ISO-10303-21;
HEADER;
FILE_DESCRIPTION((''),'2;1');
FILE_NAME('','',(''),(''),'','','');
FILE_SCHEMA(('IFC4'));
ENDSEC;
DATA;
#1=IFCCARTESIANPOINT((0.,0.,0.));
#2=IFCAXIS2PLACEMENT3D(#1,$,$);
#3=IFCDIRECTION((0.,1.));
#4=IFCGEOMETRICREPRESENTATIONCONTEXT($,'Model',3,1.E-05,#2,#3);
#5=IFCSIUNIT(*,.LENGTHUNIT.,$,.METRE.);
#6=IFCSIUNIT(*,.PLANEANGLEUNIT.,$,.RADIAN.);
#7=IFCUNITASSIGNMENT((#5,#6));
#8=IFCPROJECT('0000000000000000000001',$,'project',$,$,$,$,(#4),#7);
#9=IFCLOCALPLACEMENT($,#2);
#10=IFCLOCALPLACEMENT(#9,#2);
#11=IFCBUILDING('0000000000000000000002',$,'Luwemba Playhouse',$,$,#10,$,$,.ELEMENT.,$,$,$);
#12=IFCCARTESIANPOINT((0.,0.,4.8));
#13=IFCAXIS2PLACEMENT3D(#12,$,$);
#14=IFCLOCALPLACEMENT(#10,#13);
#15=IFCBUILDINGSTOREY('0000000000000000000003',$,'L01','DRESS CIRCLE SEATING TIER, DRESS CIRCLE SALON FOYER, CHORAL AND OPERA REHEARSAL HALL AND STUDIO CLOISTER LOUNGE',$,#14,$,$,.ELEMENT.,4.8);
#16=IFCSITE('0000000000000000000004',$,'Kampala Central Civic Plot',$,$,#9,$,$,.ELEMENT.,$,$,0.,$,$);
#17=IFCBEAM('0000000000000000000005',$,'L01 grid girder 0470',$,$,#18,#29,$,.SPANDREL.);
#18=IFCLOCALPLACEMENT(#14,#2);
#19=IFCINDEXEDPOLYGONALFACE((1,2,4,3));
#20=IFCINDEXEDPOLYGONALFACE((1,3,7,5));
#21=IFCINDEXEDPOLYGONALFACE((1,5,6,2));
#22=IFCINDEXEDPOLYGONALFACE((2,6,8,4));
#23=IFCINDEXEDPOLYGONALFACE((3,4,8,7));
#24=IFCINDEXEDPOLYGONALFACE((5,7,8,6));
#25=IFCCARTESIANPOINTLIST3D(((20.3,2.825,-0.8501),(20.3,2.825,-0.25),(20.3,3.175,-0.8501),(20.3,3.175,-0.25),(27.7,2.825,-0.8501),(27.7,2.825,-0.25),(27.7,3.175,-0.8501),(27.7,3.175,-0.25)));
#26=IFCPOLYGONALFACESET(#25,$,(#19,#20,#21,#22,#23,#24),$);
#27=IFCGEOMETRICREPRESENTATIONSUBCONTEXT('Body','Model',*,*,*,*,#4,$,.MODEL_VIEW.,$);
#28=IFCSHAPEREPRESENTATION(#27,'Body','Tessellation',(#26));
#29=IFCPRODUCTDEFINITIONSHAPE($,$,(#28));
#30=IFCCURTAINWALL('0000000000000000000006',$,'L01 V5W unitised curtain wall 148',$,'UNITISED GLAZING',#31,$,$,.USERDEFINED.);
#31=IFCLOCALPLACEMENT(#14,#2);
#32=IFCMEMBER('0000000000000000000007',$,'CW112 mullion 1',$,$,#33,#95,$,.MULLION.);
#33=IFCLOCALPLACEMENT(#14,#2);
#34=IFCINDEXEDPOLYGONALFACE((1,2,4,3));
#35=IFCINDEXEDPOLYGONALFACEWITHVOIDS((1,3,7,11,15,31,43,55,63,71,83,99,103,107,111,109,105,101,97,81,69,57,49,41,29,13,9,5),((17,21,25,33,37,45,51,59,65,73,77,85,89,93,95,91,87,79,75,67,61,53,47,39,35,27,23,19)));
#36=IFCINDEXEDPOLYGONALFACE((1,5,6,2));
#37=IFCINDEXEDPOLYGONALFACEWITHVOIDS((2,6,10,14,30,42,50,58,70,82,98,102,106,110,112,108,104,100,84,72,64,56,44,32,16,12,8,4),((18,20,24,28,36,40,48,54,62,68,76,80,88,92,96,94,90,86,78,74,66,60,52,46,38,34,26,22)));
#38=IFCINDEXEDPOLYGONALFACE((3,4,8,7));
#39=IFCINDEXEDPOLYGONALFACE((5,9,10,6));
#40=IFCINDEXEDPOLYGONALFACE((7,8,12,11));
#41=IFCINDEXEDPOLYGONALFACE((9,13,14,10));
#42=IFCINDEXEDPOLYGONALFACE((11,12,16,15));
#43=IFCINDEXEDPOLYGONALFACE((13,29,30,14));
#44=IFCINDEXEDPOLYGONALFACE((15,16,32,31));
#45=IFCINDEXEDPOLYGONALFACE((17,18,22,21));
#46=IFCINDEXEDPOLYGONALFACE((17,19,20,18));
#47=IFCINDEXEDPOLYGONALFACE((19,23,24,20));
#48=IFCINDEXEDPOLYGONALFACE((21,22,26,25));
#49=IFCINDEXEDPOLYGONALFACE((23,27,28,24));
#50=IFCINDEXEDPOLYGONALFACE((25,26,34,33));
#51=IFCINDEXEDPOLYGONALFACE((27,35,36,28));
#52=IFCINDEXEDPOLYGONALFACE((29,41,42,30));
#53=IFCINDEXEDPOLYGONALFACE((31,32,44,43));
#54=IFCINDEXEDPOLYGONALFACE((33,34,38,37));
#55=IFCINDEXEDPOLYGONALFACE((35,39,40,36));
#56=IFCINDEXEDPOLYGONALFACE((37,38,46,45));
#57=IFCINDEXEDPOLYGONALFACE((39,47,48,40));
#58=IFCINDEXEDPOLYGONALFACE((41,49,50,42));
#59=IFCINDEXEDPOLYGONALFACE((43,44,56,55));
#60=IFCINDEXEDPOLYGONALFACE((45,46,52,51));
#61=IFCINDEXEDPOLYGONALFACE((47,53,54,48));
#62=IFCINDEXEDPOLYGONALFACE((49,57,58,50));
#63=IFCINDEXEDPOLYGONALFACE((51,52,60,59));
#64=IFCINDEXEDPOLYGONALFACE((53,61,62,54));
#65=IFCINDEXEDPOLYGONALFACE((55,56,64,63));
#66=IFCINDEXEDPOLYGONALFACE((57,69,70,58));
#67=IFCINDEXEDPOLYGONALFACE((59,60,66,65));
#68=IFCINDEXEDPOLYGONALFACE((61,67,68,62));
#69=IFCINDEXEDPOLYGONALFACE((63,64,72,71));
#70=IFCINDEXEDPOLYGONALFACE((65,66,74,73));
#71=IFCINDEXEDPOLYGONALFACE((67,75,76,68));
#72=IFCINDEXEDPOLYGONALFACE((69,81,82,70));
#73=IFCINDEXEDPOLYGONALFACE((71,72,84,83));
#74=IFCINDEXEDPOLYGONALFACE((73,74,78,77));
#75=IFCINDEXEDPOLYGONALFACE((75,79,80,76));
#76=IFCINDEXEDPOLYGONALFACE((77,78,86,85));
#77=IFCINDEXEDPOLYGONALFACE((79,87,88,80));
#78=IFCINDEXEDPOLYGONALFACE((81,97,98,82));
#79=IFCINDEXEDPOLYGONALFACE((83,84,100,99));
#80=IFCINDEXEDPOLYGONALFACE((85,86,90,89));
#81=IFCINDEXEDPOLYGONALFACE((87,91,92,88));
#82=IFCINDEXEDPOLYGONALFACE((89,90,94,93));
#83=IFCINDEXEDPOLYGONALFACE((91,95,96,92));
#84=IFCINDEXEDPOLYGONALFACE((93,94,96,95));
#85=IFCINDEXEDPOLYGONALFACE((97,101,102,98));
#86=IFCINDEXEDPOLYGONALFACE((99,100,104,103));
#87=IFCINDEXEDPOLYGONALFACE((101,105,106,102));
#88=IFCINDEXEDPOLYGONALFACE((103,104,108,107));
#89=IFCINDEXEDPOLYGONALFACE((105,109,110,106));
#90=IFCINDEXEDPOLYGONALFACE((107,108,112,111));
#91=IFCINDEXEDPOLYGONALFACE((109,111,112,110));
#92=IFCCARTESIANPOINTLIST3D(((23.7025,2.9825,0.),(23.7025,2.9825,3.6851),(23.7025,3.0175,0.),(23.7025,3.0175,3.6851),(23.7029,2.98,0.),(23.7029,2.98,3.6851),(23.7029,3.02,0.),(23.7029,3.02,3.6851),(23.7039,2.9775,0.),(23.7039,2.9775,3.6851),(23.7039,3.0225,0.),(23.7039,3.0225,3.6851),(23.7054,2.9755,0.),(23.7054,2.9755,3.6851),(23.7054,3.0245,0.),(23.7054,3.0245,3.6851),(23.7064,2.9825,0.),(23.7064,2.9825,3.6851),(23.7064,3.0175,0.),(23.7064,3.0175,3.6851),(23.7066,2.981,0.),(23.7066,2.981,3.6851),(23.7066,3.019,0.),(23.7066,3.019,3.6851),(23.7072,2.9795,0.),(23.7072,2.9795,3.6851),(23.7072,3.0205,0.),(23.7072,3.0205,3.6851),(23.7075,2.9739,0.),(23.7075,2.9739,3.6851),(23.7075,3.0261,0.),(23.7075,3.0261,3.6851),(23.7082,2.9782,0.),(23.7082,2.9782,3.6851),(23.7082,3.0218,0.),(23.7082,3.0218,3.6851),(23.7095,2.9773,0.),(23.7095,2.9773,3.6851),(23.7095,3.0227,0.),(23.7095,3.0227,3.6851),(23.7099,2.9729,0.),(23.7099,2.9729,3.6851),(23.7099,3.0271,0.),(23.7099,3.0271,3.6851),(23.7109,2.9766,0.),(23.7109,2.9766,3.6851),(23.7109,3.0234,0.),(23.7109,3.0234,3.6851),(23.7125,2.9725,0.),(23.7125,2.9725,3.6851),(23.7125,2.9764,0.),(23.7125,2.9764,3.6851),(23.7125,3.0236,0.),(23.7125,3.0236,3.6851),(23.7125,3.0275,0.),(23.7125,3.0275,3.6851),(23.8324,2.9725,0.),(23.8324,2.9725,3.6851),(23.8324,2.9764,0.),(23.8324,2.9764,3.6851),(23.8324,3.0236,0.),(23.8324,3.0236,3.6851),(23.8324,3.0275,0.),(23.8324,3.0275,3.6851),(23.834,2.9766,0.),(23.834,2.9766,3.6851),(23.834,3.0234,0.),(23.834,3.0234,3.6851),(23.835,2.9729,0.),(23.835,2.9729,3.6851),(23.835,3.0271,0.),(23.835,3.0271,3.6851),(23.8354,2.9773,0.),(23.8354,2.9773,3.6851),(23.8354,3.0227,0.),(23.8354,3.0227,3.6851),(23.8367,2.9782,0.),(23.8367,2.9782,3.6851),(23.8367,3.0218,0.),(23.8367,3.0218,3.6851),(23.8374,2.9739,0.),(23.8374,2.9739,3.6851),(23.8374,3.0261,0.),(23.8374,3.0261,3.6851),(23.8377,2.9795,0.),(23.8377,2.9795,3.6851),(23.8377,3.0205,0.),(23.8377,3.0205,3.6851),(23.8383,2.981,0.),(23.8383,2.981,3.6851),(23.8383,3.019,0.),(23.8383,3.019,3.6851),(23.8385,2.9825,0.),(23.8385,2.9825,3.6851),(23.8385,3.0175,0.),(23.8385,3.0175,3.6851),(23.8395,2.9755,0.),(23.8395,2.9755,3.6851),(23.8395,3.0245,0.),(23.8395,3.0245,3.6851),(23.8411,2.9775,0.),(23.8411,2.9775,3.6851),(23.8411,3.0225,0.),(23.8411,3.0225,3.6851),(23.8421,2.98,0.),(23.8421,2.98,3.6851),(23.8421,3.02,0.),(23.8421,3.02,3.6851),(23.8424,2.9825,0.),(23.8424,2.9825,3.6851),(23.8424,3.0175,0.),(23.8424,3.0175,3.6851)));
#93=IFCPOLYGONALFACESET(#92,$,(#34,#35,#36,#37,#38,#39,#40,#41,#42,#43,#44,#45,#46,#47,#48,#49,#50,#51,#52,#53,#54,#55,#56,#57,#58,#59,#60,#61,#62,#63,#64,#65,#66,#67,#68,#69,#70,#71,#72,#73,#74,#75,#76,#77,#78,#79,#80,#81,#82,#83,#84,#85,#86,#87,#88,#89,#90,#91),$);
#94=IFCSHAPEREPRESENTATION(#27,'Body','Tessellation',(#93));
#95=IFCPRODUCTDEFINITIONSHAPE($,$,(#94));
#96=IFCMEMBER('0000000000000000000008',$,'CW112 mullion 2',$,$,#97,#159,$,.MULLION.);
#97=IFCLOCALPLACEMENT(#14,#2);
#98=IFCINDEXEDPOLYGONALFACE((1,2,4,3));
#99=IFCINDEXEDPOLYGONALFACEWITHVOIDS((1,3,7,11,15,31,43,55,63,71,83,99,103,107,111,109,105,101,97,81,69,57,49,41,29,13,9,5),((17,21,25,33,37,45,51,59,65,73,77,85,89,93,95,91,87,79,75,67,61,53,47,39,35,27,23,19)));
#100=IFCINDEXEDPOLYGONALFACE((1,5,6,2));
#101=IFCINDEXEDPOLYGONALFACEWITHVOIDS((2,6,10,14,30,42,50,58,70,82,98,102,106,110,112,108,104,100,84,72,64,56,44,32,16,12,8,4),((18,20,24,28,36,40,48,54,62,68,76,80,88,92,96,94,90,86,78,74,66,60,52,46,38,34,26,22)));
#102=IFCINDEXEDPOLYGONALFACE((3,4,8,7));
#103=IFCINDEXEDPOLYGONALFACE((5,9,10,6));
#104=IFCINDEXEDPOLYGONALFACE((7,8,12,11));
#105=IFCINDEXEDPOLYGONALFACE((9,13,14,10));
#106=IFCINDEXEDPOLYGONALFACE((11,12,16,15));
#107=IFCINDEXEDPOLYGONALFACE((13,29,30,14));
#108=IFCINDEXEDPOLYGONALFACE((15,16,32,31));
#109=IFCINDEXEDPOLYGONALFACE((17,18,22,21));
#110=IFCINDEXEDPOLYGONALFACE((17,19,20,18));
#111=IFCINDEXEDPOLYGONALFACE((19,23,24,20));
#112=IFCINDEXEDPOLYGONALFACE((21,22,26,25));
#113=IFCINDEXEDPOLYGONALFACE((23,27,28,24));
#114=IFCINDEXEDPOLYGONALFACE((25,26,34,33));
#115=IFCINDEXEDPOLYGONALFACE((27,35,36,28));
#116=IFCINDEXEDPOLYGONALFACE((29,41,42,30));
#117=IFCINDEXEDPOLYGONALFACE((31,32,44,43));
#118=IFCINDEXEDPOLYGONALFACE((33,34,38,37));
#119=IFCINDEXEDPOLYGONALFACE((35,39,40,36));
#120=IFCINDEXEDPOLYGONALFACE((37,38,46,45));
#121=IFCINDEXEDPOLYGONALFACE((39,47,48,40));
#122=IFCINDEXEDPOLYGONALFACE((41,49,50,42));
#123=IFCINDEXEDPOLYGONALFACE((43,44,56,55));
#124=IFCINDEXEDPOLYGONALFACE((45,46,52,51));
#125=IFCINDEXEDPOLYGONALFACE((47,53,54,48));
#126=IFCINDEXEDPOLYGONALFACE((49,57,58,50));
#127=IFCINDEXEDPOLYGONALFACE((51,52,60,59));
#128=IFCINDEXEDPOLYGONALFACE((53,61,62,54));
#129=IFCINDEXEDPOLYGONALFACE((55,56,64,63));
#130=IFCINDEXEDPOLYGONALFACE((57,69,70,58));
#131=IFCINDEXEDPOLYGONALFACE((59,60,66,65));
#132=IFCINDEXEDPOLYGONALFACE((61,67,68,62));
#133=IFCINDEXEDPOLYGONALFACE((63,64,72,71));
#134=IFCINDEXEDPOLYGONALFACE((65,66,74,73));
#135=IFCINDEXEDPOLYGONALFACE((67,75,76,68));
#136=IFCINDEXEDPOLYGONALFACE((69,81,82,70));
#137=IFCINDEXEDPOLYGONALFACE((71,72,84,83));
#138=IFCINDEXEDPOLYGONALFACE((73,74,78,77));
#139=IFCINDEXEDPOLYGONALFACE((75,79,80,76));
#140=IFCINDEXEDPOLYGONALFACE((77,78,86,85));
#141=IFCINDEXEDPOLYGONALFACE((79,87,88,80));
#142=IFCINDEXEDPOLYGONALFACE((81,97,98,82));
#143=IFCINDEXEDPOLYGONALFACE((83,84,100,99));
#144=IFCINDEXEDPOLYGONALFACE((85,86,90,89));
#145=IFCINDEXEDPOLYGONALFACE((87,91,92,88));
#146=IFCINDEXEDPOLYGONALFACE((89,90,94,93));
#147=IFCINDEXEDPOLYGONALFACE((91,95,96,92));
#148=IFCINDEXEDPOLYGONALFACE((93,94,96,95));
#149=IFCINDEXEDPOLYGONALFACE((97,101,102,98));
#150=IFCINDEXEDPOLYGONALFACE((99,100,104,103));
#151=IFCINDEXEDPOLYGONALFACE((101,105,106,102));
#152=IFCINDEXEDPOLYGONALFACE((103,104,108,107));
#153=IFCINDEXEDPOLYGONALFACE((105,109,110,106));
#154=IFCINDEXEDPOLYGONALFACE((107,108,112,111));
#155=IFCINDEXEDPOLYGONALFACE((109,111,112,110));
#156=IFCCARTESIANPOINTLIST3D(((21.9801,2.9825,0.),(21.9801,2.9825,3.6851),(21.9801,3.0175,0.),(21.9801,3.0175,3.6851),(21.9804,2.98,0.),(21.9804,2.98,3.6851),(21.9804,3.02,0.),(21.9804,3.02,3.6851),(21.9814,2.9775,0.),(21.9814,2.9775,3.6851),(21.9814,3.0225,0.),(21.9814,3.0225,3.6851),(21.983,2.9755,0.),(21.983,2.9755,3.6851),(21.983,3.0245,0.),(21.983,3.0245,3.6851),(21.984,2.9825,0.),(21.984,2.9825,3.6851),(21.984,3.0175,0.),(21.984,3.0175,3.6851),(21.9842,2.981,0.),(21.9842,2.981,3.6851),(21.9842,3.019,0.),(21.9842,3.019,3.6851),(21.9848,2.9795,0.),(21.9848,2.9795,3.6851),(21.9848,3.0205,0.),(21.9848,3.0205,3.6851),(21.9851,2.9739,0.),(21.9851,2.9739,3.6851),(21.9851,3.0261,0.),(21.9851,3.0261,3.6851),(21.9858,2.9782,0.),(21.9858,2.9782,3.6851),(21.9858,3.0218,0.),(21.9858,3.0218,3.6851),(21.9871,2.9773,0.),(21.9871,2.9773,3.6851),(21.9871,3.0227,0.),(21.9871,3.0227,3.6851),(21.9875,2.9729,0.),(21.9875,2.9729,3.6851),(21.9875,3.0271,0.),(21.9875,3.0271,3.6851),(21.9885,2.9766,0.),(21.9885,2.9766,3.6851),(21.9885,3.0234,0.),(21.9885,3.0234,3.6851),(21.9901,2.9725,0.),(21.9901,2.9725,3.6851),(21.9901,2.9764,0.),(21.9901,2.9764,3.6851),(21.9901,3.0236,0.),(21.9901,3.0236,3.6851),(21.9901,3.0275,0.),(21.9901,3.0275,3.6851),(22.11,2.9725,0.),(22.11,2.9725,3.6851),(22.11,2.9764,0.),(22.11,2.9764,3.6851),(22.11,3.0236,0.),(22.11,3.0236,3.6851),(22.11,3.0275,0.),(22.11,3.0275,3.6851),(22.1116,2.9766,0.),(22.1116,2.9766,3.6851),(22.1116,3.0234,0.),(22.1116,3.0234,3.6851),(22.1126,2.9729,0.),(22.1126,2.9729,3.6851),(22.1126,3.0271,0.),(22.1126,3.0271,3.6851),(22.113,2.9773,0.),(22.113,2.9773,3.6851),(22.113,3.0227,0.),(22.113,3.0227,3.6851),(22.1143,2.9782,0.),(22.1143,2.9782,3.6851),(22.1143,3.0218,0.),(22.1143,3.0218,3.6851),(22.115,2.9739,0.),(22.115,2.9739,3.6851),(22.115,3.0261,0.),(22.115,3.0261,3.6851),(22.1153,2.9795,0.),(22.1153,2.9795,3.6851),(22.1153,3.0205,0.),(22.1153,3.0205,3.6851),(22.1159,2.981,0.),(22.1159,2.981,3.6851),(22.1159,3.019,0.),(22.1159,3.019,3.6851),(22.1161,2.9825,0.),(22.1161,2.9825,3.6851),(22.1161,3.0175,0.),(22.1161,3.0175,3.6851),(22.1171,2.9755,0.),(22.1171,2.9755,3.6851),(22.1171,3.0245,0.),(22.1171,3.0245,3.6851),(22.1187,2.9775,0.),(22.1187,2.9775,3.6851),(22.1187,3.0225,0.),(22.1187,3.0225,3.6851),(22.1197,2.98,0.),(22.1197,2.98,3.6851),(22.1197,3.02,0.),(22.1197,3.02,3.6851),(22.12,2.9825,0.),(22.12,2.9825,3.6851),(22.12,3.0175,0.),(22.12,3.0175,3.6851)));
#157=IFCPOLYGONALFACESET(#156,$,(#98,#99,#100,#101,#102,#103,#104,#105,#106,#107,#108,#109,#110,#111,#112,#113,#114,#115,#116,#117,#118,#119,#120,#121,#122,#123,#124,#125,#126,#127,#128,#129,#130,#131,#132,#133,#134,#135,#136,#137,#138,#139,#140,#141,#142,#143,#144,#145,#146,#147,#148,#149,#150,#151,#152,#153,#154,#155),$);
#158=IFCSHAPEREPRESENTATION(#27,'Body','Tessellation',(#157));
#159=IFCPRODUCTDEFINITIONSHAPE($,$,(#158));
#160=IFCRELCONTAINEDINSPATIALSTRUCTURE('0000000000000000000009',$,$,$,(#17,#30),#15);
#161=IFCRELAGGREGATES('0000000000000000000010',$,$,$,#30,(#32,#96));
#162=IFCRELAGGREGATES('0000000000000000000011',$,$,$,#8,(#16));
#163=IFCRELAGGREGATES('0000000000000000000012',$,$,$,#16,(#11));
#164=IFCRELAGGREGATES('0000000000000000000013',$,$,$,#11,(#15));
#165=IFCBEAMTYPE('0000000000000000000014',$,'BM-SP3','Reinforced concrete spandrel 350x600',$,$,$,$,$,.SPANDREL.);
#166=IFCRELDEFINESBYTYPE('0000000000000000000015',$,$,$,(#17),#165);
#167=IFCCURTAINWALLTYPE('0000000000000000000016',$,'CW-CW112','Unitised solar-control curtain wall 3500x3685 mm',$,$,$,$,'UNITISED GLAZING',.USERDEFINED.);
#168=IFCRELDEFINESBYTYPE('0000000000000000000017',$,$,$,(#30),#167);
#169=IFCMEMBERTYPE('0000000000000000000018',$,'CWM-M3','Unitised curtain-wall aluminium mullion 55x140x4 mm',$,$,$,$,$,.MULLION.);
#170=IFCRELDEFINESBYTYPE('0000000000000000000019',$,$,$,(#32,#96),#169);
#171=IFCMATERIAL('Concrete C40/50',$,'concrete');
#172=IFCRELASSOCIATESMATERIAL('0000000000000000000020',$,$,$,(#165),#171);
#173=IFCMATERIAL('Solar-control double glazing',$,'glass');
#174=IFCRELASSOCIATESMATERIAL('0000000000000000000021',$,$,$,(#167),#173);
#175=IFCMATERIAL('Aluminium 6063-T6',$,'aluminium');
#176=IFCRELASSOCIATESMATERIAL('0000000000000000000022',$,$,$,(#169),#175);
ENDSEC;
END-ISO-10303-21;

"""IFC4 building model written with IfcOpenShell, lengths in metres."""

from ifc_helpers import new_model, si_unit, direction, frame, origin, origin_2d, place, context, subcontext, project, spatial, rectangle, hollow_rectangle, extrude, material, material_profile, profile_set, type_object, element, aggregate, save


model = new_model("IFC4")

# Units and contexts
model_context = context("Model", 3, precision=1e-05, world=origin(), true_north=direction((0.0, 1.0)))
body_context = subcontext(model_context, "Body", "Model", "MODEL_VIEW")
ifc_project = project(units=[si_unit("LENGTHUNIT", "METRE"), si_unit("PLANEANGLEUNIT", "RADIAN")], contexts=[model_context])

# Site, building, storey
site_placement = place(None, origin())
site = spatial("IfcSite", under=ifc_project, at=site_placement, Name="Kampala Central Civic Plot", CompositionType="ELEMENT", RefElevation=0.0)
building_placement = place(site_placement, origin())
building = spatial("IfcBuilding", under=site, at=building_placement, Name="Luwemba Playhouse", CompositionType="ELEMENT")
storey_placement = place(building_placement, frame((0.0, 0.0, 4.8)))
storey = spatial("IfcBuildingStorey", under=building, at=storey_placement, Name="L01", Description="DRESS CIRCLE SEATING TIER, DRESS CIRCLE SALON FOYER, CHORAL AND OPERA REHEARSAL HALL AND STUDIO CLOISTER LOUNGE", CompositionType="ELEMENT", Elevation=4.8)

# Shared definitions
ifc_material_1 = material(Name="Concrete C40/50", Category="concrete")

# Beam
ifc_material_profile_1 = material_profile(ifc_material_1, rectangle(XDim=0.3501, YDim=0.6001, at=origin_2d()))
ifc_profile_set_1 = profile_set([ifc_material_profile_1], Name="Concrete C40/50")
beam_type_1 = type_object("IfcBeamType", Name="BM-SP3", Description="Reinforced concrete spandrel 350x600", PredefinedType="SPANDREL", material=ifc_profile_set_1)
beam_1_placement = place(storey_placement, frame((20.3, 3.0, -0.55), z_axis=(1.0, 0.0, 0.0), x_axis=(0.0, 1.0, 0.0)))
element("IfcBeam", 1, at=beam_1_placement, inside=storey, type_object=beam_type_1, Name="L01 grid girder 0470", PredefinedType="SPANDREL", context=body_context, shape_type="SweptSolid", body=[
    extrude(rectangle(XDim=0.3501, YDim=0.6001, at=origin_2d()), origin(), (0.0, 0.0, 1.0), 7.3999),
])

# Curtain wall, members
ifc_material_2 = material(Name="Solar-control double glazing", Category="glass")
curtain_wall_type_1 = type_object("IfcCurtainWallType", Name="CW-CW112", Description="Unitised solar-control curtain wall 3500x3685 mm", ElementType="UNITISED GLAZING", PredefinedType="USERDEFINED", material=ifc_material_2)
curtain_wall_1_placement = place(storey_placement, origin())
curtain_wall_1 = element("IfcCurtainWall", 2, at=curtain_wall_1_placement, inside=storey, type_object=curtain_wall_type_1, Name="L01 V5W unitised curtain wall 148", ObjectType="UNITISED GLAZING", PredefinedType="USERDEFINED")
ifc_material_3 = material(Name="Aluminium 6063-T6", Category="aluminium")
ifc_material_profile_2 = material_profile(ifc_material_3, hollow_rectangle(XDim=0.0549, YDim=0.1399, WallThickness=0.0039, InnerFilletRadius=0.0061, OuterFilletRadius=0.01, at=origin_2d()))
ifc_profile_set_2 = profile_set([ifc_material_profile_2], Name="Aluminium 6063-T6")
member_type_1 = type_object("IfcMemberType", Name="CWM-M3", Description="Unitised curtain-wall aluminium mullion 55x140x4 mm", PredefinedType="MULLION", material=ifc_profile_set_2)
member_1_placement = place(storey_placement, frame((23.7725, 3.0, 0.0), z_axis=(0.0, 0.0, 1.0), x_axis=(0.0, -1.0, 0.0)))
member_1 = element("IfcMember", 3, at=member_1_placement, type_object=member_type_1, Name="CW112 mullion 1", PredefinedType="MULLION", context=body_context, shape_type="SweptSolid", body=[
    extrude(hollow_rectangle(XDim=0.0549, YDim=0.1399, WallThickness=0.0039, InnerFilletRadius=0.0061, OuterFilletRadius=0.01, at=origin_2d()), origin(), (0.0, 0.0, 1.0), 3.6851),
])
member_2_placement = place(storey_placement, frame((22.05, 3.0, 0.0), z_axis=(0.0, 0.0, 1.0), x_axis=(0.0, -1.0, 0.0)))
member_2 = element("IfcMember", 4, at=member_2_placement, type_object=member_type_1, Name="CW112 mullion 2", PredefinedType="MULLION", context=body_context, shape_type="SweptSolid", body=[
    extrude(hollow_rectangle(XDim=0.0549, YDim=0.1399, WallThickness=0.0039, InnerFilletRadius=0.0061, OuterFilletRadius=0.01, at=origin_2d()), origin(), (0.0, 0.0, 1.0), 3.6851),
])

aggregate(curtain_wall_1, [member_1, member_2])

save(model, "model.ifc")
